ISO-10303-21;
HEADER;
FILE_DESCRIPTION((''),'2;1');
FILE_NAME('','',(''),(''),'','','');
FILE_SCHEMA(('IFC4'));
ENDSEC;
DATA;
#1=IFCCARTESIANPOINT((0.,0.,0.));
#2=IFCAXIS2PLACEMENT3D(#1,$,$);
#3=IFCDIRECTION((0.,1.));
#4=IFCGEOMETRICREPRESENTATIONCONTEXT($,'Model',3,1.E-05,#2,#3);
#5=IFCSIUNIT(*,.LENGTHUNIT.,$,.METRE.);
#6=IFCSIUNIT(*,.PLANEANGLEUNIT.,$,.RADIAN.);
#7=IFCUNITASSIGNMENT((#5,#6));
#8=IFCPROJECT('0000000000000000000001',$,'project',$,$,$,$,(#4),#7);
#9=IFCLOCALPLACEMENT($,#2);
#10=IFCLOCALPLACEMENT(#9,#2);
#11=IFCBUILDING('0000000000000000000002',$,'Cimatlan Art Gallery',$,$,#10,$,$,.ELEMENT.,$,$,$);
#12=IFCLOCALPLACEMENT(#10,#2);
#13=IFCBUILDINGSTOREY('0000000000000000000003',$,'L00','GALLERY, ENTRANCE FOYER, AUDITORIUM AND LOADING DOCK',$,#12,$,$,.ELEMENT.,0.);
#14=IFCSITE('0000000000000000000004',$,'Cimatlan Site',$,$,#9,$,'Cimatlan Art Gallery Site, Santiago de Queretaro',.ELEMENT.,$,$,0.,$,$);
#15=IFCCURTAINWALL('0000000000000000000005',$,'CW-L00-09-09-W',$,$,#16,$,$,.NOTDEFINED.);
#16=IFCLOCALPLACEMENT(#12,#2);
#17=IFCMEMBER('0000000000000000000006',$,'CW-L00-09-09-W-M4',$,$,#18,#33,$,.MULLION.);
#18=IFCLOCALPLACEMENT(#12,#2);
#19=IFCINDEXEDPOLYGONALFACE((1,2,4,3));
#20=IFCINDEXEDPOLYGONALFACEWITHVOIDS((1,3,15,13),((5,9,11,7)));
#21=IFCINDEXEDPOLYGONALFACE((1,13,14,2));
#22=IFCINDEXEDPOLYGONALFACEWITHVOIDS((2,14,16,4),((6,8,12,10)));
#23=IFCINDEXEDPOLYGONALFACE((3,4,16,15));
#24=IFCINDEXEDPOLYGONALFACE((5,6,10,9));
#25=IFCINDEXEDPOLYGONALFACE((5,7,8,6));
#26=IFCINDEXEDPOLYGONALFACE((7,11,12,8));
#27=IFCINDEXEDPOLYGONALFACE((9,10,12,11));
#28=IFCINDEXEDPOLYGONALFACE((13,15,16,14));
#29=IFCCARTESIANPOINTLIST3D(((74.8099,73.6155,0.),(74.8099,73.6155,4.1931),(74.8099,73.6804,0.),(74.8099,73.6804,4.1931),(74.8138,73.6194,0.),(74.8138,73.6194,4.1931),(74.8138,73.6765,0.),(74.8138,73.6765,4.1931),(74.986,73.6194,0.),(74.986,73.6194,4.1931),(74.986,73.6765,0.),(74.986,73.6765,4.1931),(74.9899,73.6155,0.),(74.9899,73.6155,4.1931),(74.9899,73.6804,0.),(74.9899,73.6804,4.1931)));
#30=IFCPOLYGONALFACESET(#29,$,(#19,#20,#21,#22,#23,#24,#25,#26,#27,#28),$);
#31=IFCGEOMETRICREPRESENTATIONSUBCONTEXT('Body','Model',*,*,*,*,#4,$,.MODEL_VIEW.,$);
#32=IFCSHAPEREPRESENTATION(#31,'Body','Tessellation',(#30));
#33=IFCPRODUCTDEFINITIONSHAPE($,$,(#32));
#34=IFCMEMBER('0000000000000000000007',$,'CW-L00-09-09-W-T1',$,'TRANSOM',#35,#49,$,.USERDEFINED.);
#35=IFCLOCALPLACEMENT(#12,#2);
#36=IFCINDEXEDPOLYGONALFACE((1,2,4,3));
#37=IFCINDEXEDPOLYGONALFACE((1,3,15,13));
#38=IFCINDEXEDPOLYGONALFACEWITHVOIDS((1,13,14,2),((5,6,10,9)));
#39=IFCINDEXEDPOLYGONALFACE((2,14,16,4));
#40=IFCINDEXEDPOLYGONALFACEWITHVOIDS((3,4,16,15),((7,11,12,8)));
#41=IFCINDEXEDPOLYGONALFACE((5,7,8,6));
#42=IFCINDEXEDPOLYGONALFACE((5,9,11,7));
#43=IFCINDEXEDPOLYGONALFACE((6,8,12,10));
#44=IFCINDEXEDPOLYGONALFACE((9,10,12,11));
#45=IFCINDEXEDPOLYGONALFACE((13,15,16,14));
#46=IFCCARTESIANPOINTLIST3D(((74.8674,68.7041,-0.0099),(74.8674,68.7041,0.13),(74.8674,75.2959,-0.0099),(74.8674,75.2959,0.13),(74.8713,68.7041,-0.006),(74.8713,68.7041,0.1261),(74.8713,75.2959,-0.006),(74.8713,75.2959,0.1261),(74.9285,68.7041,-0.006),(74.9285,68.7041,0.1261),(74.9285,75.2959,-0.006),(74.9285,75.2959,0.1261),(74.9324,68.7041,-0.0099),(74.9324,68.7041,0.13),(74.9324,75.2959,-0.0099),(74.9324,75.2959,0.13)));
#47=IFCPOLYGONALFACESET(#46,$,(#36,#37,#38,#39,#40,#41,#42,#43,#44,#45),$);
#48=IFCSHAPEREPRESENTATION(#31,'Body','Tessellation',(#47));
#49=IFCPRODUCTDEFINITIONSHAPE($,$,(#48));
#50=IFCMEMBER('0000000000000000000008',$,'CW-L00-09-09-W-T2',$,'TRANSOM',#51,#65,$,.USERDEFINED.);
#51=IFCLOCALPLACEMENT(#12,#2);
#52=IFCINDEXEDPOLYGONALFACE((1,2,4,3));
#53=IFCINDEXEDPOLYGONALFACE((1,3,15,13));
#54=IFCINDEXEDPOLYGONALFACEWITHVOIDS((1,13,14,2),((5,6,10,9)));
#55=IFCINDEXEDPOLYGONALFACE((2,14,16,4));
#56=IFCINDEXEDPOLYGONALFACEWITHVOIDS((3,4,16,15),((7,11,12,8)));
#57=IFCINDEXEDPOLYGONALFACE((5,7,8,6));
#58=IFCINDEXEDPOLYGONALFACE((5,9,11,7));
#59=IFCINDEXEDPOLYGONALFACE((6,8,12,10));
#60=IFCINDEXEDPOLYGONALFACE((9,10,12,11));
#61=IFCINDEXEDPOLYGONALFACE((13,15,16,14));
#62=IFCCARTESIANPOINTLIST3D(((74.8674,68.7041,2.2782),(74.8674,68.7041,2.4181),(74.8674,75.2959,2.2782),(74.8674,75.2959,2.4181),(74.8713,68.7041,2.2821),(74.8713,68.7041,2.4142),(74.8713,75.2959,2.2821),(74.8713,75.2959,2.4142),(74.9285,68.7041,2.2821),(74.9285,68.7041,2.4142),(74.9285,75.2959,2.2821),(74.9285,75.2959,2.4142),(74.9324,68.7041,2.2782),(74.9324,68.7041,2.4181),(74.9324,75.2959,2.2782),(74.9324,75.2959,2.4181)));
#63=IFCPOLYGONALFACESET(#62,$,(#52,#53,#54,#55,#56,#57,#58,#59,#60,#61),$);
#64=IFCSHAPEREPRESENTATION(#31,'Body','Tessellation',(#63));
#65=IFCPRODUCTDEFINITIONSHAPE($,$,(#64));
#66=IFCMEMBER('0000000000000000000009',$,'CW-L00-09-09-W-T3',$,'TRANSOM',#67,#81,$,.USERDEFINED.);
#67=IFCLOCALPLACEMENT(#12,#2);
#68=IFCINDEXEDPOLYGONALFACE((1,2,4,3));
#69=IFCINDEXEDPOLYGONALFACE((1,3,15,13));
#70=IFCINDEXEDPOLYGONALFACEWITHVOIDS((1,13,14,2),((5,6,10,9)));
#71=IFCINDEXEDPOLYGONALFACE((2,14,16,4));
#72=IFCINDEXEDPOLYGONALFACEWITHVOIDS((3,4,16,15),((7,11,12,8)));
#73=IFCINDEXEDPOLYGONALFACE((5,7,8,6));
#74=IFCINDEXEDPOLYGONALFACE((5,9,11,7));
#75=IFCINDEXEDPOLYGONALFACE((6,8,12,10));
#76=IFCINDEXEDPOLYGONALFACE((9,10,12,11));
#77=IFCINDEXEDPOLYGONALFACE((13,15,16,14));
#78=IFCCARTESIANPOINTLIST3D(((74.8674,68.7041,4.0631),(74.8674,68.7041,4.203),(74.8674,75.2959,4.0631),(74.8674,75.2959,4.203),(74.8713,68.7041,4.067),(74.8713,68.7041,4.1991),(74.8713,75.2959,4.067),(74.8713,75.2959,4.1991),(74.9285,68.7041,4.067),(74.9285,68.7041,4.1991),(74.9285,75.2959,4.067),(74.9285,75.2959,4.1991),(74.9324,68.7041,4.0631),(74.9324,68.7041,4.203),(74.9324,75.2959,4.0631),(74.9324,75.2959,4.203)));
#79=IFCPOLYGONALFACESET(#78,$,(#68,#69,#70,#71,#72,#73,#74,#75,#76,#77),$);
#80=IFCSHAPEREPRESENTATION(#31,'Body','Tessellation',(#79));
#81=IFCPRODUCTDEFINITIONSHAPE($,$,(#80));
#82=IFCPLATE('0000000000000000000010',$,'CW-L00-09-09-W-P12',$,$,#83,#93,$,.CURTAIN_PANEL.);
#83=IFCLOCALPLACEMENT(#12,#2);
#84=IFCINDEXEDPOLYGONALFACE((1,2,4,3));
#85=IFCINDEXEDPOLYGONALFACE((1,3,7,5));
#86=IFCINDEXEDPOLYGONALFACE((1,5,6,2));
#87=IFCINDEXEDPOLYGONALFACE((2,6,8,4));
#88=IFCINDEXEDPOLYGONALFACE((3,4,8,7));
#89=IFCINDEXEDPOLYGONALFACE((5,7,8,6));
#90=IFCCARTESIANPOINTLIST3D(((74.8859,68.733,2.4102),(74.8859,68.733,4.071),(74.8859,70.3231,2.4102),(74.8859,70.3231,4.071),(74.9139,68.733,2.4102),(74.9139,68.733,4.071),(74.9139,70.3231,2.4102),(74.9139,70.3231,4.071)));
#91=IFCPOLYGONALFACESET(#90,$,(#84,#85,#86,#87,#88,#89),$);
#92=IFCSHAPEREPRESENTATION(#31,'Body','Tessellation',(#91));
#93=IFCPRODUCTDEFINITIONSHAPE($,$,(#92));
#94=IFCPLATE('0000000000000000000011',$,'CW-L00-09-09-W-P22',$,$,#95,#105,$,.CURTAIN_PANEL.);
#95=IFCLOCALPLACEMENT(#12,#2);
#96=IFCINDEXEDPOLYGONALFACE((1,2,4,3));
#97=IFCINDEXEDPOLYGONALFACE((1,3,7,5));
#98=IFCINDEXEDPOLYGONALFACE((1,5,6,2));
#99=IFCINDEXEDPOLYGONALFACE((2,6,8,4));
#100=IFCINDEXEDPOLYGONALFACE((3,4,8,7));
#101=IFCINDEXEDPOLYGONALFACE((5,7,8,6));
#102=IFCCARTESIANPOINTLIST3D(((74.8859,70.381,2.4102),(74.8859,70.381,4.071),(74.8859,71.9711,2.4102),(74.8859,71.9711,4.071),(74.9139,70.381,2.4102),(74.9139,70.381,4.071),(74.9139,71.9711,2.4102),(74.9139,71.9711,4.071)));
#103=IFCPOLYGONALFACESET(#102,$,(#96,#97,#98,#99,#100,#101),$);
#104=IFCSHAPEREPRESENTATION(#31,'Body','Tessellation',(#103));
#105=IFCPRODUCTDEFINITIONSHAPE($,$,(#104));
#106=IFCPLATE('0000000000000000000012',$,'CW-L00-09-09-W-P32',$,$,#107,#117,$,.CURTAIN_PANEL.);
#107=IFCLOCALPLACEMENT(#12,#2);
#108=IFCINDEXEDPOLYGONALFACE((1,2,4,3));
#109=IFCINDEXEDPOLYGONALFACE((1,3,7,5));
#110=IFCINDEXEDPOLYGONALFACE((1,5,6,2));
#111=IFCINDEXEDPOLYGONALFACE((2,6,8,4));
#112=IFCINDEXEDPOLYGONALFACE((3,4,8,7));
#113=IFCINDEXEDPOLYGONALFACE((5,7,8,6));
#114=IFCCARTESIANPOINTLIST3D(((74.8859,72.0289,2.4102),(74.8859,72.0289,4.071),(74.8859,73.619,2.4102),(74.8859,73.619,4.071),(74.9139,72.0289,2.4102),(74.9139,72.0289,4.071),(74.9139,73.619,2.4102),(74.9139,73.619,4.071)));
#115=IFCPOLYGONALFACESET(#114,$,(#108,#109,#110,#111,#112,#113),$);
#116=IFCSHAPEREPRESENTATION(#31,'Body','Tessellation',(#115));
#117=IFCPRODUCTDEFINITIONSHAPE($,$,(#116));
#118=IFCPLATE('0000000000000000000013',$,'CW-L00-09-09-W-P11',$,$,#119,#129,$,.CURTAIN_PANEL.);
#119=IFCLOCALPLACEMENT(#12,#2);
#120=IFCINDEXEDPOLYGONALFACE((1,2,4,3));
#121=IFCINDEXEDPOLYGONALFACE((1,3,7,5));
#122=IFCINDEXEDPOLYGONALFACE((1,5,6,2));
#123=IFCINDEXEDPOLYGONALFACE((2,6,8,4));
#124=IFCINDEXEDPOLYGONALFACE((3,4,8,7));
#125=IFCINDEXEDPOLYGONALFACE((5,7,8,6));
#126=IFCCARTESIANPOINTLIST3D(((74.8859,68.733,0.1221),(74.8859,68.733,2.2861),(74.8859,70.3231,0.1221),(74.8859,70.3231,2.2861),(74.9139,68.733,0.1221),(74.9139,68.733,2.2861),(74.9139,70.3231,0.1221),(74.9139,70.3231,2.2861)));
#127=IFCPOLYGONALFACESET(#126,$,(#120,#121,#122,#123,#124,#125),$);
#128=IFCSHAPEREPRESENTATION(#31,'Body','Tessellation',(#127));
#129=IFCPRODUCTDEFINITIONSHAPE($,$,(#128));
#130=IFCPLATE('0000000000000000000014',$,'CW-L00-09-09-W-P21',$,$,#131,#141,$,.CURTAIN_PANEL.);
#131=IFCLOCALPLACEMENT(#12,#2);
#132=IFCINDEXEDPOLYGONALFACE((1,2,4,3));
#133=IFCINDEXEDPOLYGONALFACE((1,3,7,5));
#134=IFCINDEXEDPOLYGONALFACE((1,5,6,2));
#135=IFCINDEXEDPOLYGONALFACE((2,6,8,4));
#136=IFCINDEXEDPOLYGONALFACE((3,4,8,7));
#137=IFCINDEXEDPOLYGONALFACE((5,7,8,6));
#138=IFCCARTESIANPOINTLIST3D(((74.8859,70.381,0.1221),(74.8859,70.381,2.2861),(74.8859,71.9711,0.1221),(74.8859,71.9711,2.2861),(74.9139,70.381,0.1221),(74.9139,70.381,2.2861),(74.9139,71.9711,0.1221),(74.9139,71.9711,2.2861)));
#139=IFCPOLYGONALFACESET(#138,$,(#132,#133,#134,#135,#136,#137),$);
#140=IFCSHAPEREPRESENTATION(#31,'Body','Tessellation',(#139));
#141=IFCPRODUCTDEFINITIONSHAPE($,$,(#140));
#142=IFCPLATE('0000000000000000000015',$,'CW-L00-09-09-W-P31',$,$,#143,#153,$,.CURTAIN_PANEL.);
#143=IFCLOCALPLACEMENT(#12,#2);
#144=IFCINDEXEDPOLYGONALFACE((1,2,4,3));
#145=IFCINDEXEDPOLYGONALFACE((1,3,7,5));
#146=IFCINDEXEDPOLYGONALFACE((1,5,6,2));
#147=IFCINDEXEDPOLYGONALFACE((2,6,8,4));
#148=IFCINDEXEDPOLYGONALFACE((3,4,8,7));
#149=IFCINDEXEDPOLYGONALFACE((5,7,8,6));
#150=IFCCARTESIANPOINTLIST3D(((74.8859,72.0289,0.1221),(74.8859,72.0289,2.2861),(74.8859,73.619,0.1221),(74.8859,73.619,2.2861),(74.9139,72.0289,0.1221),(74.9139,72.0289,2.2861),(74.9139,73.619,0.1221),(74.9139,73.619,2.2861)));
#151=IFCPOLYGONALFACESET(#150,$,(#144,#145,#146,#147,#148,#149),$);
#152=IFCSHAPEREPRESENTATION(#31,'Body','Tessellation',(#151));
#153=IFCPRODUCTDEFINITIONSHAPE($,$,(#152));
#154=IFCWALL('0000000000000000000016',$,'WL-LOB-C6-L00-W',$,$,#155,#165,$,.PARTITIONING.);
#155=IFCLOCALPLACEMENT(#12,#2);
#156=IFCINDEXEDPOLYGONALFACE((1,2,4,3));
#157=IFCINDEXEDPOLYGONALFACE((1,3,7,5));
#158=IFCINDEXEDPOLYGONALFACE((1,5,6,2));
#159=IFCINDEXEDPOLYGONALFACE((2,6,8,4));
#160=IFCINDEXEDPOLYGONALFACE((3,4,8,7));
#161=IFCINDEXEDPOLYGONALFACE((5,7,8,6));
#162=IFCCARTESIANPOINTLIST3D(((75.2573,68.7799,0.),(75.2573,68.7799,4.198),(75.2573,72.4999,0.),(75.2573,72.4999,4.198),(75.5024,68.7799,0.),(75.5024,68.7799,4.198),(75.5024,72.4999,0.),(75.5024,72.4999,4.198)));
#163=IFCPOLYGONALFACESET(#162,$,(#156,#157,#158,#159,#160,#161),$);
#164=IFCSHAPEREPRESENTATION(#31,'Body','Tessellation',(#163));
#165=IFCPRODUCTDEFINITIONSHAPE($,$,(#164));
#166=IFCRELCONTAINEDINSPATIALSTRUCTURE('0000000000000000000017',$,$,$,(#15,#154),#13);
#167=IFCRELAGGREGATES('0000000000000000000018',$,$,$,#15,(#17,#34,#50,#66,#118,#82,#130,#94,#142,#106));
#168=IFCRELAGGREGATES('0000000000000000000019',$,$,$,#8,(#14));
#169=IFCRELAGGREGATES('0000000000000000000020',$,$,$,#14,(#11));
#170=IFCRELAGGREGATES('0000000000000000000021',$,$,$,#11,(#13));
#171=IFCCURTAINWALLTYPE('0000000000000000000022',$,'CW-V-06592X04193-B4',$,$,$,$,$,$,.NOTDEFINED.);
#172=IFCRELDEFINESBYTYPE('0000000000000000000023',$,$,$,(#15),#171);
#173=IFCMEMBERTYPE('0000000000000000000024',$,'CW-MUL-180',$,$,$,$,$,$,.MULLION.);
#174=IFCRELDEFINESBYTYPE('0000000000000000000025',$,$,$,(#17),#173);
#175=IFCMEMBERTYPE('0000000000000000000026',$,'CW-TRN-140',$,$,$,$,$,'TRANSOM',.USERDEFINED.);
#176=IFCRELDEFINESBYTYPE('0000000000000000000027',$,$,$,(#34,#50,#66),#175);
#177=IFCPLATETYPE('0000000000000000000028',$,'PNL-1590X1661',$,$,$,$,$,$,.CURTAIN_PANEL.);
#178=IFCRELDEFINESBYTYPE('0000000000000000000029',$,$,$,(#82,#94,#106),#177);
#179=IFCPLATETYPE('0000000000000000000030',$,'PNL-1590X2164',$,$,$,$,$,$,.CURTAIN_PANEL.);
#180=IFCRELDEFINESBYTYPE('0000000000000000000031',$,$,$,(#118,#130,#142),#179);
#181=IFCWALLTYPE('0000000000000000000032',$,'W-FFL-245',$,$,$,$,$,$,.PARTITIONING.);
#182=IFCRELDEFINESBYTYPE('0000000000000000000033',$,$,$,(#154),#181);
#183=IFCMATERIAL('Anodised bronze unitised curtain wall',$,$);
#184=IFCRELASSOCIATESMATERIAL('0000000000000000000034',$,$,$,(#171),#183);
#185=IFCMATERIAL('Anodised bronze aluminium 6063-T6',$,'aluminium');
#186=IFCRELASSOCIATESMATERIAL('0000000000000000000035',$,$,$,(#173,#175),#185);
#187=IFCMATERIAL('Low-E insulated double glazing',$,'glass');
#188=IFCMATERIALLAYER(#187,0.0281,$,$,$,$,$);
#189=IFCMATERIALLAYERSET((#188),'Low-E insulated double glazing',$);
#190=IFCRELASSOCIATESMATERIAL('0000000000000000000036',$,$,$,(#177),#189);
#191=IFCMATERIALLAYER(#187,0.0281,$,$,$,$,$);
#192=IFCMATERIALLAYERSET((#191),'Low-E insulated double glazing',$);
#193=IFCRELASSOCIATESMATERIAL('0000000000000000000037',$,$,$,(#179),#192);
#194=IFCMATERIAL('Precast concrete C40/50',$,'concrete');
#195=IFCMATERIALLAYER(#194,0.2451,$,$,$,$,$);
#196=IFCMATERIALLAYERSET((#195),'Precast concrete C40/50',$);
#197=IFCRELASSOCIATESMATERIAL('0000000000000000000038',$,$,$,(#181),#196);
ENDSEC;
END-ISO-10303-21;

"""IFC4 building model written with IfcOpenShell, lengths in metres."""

from ifc_helpers import new_model, si_unit, direction, frame, frame_2d, origin, origin_2d, place, context, subcontext, project, spatial, rectangle, hollow_rectangle, extrude, material, layer, layer_set, material_profile, profile_set, type_object, element, aggregate, save


model = new_model("IFC4")

# Units and contexts
model_context = context("Model", 3, precision=1e-05, world=origin(), true_north=direction((0.0, 1.0)))
body_context = subcontext(model_context, "Body", "Model", "MODEL_VIEW")
ifc_project = project(units=[si_unit("LENGTHUNIT", "METRE"), si_unit("PLANEANGLEUNIT", "RADIAN")], contexts=[model_context])

# Site, building, storey
site_placement = place(None, origin())
site = spatial("IfcSite", under=ifc_project, at=site_placement, Name="Cimatlan Site", LongName="Cimatlan Art Gallery Site, Santiago de Queretaro", CompositionType="ELEMENT", RefElevation=0.0)
building_placement = place(site_placement, origin())
building = spatial("IfcBuilding", under=site, at=building_placement, Name="Cimatlan Art Gallery", CompositionType="ELEMENT")
storey_placement = place(building_placement, origin())
storey = spatial("IfcBuildingStorey", under=building, at=storey_placement, Name="L00", Description="GALLERY, ENTRANCE FOYER, AUDITORIUM AND LOADING DOCK", CompositionType="ELEMENT", Elevation=0.0)

# Curtain wall, members, plates
ifc_material_1 = material(Name="Anodised bronze unitised curtain wall")
curtain_wall_type = type_object("IfcCurtainWallType", Name="CW-V-06592X04193-B4", PredefinedType="NOTDEFINED", material=ifc_material_1)
curtain_wall_placement = place(storey_placement, origin())
curtain_wall = element("IfcCurtainWall", 1, at=curtain_wall_placement, inside=storey, type_object=curtain_wall_type, Name="CW-L00-09-09-W", PredefinedType="NOTDEFINED")
ifc_material_2 = material(Name="Anodised bronze aluminium 6063-T6", Category="aluminium")
ifc_material_profile_1 = material_profile(ifc_material_2, hollow_rectangle(XDim=0.0649, YDim=0.1799, WallThickness=0.0039, at=origin_2d()), Name="ALU65X180X4")
ifc_profile_set_1 = profile_set([ifc_material_profile_1], Name="Anodised bronze aluminium 6063-T6")
member_type_1 = type_object("IfcMemberType", Name="CW-MUL-180", PredefinedType="MULLION", material=ifc_profile_set_1)
member_1_placement = place(storey_placement, frame((74.8999, 73.6479, 0.0), z_axis=(0.0, 0.0, 1.0), x_axis=(0.0, 1.0, 0.0)))
member_1 = element("IfcMember", 2, at=member_1_placement, type_object=member_type_1, Name="CW-L00-09-09-W-M4", PredefinedType="MULLION", context=body_context, shape_type="SweptSolid", body=[
    extrude(hollow_rectangle(XDim=0.0649, YDim=0.1799, WallThickness=0.0039, at=origin_2d()), origin(), (0.0, 0.0, 1.0), 4.1931),
])
ifc_material_profile_2 = material_profile(ifc_material_2, hollow_rectangle(XDim=0.0649, YDim=0.1399, WallThickness=0.0039, at=origin_2d()), Name="ALU65X140X4")
ifc_profile_set_2 = profile_set([ifc_material_profile_2], Name="Anodised bronze aluminium 6063-T6")
member_type_2 = type_object("IfcMemberType", Name="CW-TRN-140", ElementType="TRANSOM", PredefinedType="USERDEFINED", material=ifc_profile_set_2)
member_2_placement = place(storey_placement, frame((74.8999, 68.7041, 0.0601), z_axis=(0.0, 1.0, 0.0), x_axis=(-1.0, 0.0, 0.0)))
member_2 = element("IfcMember", 3, at=member_2_placement, type_object=member_type_2, Name="CW-L00-09-09-W-T1", ObjectType="TRANSOM", PredefinedType="USERDEFINED", context=body_context, shape_type="SweptSolid", body=[
    extrude(hollow_rectangle(XDim=0.0649, YDim=0.1399, WallThickness=0.0039, at=origin_2d()), origin(), (0.0, 0.0, 1.0), 6.5918),
])
member_3_placement = place(storey_placement, frame((74.8999, 68.7041, 2.3481), z_axis=(0.0, 1.0, 0.0), x_axis=(-1.0, 0.0, 0.0)))
member_3 = element("IfcMember", 4, at=member_3_placement, type_object=member_type_2, Name="CW-L00-09-09-W-T2", ObjectType="TRANSOM", PredefinedType="USERDEFINED", context=body_context, shape_type="SweptSolid", body=[
    extrude(hollow_rectangle(XDim=0.0649, YDim=0.1399, WallThickness=0.0039, at=origin_2d()), origin(), (0.0, 0.0, 1.0), 6.5918),
])
member_4_placement = place(storey_placement, frame((74.8999, 68.7041, 4.1331), z_axis=(0.0, 1.0, 0.0), x_axis=(-1.0, 0.0, 0.0)))
member_4 = element("IfcMember", 5, at=member_4_placement, type_object=member_type_2, Name="CW-L00-09-09-W-T3", ObjectType="TRANSOM", PredefinedType="USERDEFINED", context=body_context, shape_type="SweptSolid", body=[
    extrude(hollow_rectangle(XDim=0.0649, YDim=0.1399, WallThickness=0.0039, at=origin_2d()), origin(), (0.0, 0.0, 1.0), 6.5918),
])
ifc_material_3 = material(Name="Low-E insulated double glazing", Category="glass")
ifc_layer_1 = layer(ifc_material_3, 0.0281)
ifc_layer_set_1 = layer_set([ifc_layer_1], Name="Low-E insulated double glazing")
plate_type_1 = type_object("IfcPlateType", Name="PNL-1590X1661", PredefinedType="CURTAIN_PANEL", material=ifc_layer_set_1)
plate_1_placement = place(storey_placement, frame((74.8999, 69.5281, 2.4102), z_axis=(0.0, 0.0, 1.0), x_axis=(0.0, 1.0, 0.0)))
plate_1 = element("IfcPlate", 6, at=plate_1_placement, type_object=plate_type_1, Name="CW-L00-09-09-W-P12", PredefinedType="CURTAIN_PANEL", context=body_context, shape_type="SweptSolid", body=[
    extrude(rectangle(XDim=1.5901, YDim=0.0281, at=origin_2d()), origin(), (0.0, 0.0, 1.0), 1.6609),
])
plate_2_placement = place(storey_placement, frame((74.8999, 71.176, 2.4102), z_axis=(0.0, 0.0, 1.0), x_axis=(0.0, 1.0, 0.0)))
plate_2 = element("IfcPlate", 7, at=plate_2_placement, type_object=plate_type_1, Name="CW-L00-09-09-W-P22", PredefinedType="CURTAIN_PANEL", context=body_context, shape_type="SweptSolid", body=[
    extrude(rectangle(XDim=1.5901, YDim=0.0281, at=origin_2d()), origin(), (0.0, 0.0, 1.0), 1.6609),
])
plate_3_placement = place(storey_placement, frame((74.8999, 72.824, 2.4102), z_axis=(0.0, 0.0, 1.0), x_axis=(0.0, 1.0, 0.0)))
plate_3 = element("IfcPlate", 8, at=plate_3_placement, type_object=plate_type_1, Name="CW-L00-09-09-W-P32", PredefinedType="CURTAIN_PANEL", context=body_context, shape_type="SweptSolid", body=[
    extrude(rectangle(XDim=1.5901, YDim=0.0281, at=origin_2d()), origin(), (0.0, 0.0, 1.0), 1.6609),
])
ifc_layer_2 = layer(ifc_material_3, 0.0281)
ifc_layer_set_2 = layer_set([ifc_layer_2], Name="Low-E insulated double glazing")
plate_type_2 = type_object("IfcPlateType", Name="PNL-1590X2164", PredefinedType="CURTAIN_PANEL", material=ifc_layer_set_2)
plate_4_placement = place(storey_placement, frame((74.8999, 69.5281, 0.1221), z_axis=(0.0, 0.0, 1.0), x_axis=(0.0, 1.0, 0.0)))
plate_4 = element("IfcPlate", 9, at=plate_4_placement, type_object=plate_type_2, Name="CW-L00-09-09-W-P11", PredefinedType="CURTAIN_PANEL", context=body_context, shape_type="SweptSolid", body=[
    extrude(rectangle(XDim=1.5901, YDim=0.0281, at=origin_2d()), origin(), (0.0, 0.0, 1.0), 2.1641),
])
plate_5_placement = place(storey_placement, frame((74.8999, 71.176, 0.1221), z_axis=(0.0, 0.0, 1.0), x_axis=(0.0, 1.0, 0.0)))
plate_5 = element("IfcPlate", 10, at=plate_5_placement, type_object=plate_type_2, Name="CW-L00-09-09-W-P21", PredefinedType="CURTAIN_PANEL", context=body_context, shape_type="SweptSolid", body=[
    extrude(rectangle(XDim=1.5901, YDim=0.0281, at=origin_2d()), origin(), (0.0, 0.0, 1.0), 2.1641),
])
plate_6_placement = place(storey_placement, frame((74.8999, 72.824, 0.1221), z_axis=(0.0, 0.0, 1.0), x_axis=(0.0, 1.0, 0.0)))
plate_6 = element("IfcPlate", 11, at=plate_6_placement, type_object=plate_type_2, Name="CW-L00-09-09-W-P31", PredefinedType="CURTAIN_PANEL", context=body_context, shape_type="SweptSolid", body=[
    extrude(rectangle(XDim=1.5901, YDim=0.0281, at=origin_2d()), origin(), (0.0, 0.0, 1.0), 2.1641),
])
aggregate(curtain_wall, [member_1, member_2, member_3, member_4, plate_4, plate_1, plate_5, plate_2, plate_6, plate_3])

# Shared definitions
ifc_material_4 = material(Name="Precast concrete C40/50", Category="concrete")
ifc_layer_3 = layer(ifc_material_4, 0.2451)
ifc_layer_set_3 = layer_set([ifc_layer_3], Name="Precast concrete C40/50")
wall_type = type_object("IfcWallType", Name="W-FFL-245", PredefinedType="PARTITIONING", material=ifc_layer_set_3)

# Wall
wall_1_placement = place(storey_placement, frame((75.3799, 68.78, 0.0), z_axis=(0.0, 0.0, 1.0), x_axis=(0.0, 1.0, 0.0)))
element("IfcWall", 12, at=wall_1_placement, inside=storey, type_object=wall_type, Name="WL-LOB-C6-L00-W", PredefinedType="PARTITIONING", context=body_context, shape_type="SweptSolid", body=[
    extrude(rectangle(XDim=3.72, YDim=0.2451, at=frame_2d((1.8599, 0.0))), origin(), (0.0, 0.0, 1.0), 4.198),
])

save(model, "model.ifc")
